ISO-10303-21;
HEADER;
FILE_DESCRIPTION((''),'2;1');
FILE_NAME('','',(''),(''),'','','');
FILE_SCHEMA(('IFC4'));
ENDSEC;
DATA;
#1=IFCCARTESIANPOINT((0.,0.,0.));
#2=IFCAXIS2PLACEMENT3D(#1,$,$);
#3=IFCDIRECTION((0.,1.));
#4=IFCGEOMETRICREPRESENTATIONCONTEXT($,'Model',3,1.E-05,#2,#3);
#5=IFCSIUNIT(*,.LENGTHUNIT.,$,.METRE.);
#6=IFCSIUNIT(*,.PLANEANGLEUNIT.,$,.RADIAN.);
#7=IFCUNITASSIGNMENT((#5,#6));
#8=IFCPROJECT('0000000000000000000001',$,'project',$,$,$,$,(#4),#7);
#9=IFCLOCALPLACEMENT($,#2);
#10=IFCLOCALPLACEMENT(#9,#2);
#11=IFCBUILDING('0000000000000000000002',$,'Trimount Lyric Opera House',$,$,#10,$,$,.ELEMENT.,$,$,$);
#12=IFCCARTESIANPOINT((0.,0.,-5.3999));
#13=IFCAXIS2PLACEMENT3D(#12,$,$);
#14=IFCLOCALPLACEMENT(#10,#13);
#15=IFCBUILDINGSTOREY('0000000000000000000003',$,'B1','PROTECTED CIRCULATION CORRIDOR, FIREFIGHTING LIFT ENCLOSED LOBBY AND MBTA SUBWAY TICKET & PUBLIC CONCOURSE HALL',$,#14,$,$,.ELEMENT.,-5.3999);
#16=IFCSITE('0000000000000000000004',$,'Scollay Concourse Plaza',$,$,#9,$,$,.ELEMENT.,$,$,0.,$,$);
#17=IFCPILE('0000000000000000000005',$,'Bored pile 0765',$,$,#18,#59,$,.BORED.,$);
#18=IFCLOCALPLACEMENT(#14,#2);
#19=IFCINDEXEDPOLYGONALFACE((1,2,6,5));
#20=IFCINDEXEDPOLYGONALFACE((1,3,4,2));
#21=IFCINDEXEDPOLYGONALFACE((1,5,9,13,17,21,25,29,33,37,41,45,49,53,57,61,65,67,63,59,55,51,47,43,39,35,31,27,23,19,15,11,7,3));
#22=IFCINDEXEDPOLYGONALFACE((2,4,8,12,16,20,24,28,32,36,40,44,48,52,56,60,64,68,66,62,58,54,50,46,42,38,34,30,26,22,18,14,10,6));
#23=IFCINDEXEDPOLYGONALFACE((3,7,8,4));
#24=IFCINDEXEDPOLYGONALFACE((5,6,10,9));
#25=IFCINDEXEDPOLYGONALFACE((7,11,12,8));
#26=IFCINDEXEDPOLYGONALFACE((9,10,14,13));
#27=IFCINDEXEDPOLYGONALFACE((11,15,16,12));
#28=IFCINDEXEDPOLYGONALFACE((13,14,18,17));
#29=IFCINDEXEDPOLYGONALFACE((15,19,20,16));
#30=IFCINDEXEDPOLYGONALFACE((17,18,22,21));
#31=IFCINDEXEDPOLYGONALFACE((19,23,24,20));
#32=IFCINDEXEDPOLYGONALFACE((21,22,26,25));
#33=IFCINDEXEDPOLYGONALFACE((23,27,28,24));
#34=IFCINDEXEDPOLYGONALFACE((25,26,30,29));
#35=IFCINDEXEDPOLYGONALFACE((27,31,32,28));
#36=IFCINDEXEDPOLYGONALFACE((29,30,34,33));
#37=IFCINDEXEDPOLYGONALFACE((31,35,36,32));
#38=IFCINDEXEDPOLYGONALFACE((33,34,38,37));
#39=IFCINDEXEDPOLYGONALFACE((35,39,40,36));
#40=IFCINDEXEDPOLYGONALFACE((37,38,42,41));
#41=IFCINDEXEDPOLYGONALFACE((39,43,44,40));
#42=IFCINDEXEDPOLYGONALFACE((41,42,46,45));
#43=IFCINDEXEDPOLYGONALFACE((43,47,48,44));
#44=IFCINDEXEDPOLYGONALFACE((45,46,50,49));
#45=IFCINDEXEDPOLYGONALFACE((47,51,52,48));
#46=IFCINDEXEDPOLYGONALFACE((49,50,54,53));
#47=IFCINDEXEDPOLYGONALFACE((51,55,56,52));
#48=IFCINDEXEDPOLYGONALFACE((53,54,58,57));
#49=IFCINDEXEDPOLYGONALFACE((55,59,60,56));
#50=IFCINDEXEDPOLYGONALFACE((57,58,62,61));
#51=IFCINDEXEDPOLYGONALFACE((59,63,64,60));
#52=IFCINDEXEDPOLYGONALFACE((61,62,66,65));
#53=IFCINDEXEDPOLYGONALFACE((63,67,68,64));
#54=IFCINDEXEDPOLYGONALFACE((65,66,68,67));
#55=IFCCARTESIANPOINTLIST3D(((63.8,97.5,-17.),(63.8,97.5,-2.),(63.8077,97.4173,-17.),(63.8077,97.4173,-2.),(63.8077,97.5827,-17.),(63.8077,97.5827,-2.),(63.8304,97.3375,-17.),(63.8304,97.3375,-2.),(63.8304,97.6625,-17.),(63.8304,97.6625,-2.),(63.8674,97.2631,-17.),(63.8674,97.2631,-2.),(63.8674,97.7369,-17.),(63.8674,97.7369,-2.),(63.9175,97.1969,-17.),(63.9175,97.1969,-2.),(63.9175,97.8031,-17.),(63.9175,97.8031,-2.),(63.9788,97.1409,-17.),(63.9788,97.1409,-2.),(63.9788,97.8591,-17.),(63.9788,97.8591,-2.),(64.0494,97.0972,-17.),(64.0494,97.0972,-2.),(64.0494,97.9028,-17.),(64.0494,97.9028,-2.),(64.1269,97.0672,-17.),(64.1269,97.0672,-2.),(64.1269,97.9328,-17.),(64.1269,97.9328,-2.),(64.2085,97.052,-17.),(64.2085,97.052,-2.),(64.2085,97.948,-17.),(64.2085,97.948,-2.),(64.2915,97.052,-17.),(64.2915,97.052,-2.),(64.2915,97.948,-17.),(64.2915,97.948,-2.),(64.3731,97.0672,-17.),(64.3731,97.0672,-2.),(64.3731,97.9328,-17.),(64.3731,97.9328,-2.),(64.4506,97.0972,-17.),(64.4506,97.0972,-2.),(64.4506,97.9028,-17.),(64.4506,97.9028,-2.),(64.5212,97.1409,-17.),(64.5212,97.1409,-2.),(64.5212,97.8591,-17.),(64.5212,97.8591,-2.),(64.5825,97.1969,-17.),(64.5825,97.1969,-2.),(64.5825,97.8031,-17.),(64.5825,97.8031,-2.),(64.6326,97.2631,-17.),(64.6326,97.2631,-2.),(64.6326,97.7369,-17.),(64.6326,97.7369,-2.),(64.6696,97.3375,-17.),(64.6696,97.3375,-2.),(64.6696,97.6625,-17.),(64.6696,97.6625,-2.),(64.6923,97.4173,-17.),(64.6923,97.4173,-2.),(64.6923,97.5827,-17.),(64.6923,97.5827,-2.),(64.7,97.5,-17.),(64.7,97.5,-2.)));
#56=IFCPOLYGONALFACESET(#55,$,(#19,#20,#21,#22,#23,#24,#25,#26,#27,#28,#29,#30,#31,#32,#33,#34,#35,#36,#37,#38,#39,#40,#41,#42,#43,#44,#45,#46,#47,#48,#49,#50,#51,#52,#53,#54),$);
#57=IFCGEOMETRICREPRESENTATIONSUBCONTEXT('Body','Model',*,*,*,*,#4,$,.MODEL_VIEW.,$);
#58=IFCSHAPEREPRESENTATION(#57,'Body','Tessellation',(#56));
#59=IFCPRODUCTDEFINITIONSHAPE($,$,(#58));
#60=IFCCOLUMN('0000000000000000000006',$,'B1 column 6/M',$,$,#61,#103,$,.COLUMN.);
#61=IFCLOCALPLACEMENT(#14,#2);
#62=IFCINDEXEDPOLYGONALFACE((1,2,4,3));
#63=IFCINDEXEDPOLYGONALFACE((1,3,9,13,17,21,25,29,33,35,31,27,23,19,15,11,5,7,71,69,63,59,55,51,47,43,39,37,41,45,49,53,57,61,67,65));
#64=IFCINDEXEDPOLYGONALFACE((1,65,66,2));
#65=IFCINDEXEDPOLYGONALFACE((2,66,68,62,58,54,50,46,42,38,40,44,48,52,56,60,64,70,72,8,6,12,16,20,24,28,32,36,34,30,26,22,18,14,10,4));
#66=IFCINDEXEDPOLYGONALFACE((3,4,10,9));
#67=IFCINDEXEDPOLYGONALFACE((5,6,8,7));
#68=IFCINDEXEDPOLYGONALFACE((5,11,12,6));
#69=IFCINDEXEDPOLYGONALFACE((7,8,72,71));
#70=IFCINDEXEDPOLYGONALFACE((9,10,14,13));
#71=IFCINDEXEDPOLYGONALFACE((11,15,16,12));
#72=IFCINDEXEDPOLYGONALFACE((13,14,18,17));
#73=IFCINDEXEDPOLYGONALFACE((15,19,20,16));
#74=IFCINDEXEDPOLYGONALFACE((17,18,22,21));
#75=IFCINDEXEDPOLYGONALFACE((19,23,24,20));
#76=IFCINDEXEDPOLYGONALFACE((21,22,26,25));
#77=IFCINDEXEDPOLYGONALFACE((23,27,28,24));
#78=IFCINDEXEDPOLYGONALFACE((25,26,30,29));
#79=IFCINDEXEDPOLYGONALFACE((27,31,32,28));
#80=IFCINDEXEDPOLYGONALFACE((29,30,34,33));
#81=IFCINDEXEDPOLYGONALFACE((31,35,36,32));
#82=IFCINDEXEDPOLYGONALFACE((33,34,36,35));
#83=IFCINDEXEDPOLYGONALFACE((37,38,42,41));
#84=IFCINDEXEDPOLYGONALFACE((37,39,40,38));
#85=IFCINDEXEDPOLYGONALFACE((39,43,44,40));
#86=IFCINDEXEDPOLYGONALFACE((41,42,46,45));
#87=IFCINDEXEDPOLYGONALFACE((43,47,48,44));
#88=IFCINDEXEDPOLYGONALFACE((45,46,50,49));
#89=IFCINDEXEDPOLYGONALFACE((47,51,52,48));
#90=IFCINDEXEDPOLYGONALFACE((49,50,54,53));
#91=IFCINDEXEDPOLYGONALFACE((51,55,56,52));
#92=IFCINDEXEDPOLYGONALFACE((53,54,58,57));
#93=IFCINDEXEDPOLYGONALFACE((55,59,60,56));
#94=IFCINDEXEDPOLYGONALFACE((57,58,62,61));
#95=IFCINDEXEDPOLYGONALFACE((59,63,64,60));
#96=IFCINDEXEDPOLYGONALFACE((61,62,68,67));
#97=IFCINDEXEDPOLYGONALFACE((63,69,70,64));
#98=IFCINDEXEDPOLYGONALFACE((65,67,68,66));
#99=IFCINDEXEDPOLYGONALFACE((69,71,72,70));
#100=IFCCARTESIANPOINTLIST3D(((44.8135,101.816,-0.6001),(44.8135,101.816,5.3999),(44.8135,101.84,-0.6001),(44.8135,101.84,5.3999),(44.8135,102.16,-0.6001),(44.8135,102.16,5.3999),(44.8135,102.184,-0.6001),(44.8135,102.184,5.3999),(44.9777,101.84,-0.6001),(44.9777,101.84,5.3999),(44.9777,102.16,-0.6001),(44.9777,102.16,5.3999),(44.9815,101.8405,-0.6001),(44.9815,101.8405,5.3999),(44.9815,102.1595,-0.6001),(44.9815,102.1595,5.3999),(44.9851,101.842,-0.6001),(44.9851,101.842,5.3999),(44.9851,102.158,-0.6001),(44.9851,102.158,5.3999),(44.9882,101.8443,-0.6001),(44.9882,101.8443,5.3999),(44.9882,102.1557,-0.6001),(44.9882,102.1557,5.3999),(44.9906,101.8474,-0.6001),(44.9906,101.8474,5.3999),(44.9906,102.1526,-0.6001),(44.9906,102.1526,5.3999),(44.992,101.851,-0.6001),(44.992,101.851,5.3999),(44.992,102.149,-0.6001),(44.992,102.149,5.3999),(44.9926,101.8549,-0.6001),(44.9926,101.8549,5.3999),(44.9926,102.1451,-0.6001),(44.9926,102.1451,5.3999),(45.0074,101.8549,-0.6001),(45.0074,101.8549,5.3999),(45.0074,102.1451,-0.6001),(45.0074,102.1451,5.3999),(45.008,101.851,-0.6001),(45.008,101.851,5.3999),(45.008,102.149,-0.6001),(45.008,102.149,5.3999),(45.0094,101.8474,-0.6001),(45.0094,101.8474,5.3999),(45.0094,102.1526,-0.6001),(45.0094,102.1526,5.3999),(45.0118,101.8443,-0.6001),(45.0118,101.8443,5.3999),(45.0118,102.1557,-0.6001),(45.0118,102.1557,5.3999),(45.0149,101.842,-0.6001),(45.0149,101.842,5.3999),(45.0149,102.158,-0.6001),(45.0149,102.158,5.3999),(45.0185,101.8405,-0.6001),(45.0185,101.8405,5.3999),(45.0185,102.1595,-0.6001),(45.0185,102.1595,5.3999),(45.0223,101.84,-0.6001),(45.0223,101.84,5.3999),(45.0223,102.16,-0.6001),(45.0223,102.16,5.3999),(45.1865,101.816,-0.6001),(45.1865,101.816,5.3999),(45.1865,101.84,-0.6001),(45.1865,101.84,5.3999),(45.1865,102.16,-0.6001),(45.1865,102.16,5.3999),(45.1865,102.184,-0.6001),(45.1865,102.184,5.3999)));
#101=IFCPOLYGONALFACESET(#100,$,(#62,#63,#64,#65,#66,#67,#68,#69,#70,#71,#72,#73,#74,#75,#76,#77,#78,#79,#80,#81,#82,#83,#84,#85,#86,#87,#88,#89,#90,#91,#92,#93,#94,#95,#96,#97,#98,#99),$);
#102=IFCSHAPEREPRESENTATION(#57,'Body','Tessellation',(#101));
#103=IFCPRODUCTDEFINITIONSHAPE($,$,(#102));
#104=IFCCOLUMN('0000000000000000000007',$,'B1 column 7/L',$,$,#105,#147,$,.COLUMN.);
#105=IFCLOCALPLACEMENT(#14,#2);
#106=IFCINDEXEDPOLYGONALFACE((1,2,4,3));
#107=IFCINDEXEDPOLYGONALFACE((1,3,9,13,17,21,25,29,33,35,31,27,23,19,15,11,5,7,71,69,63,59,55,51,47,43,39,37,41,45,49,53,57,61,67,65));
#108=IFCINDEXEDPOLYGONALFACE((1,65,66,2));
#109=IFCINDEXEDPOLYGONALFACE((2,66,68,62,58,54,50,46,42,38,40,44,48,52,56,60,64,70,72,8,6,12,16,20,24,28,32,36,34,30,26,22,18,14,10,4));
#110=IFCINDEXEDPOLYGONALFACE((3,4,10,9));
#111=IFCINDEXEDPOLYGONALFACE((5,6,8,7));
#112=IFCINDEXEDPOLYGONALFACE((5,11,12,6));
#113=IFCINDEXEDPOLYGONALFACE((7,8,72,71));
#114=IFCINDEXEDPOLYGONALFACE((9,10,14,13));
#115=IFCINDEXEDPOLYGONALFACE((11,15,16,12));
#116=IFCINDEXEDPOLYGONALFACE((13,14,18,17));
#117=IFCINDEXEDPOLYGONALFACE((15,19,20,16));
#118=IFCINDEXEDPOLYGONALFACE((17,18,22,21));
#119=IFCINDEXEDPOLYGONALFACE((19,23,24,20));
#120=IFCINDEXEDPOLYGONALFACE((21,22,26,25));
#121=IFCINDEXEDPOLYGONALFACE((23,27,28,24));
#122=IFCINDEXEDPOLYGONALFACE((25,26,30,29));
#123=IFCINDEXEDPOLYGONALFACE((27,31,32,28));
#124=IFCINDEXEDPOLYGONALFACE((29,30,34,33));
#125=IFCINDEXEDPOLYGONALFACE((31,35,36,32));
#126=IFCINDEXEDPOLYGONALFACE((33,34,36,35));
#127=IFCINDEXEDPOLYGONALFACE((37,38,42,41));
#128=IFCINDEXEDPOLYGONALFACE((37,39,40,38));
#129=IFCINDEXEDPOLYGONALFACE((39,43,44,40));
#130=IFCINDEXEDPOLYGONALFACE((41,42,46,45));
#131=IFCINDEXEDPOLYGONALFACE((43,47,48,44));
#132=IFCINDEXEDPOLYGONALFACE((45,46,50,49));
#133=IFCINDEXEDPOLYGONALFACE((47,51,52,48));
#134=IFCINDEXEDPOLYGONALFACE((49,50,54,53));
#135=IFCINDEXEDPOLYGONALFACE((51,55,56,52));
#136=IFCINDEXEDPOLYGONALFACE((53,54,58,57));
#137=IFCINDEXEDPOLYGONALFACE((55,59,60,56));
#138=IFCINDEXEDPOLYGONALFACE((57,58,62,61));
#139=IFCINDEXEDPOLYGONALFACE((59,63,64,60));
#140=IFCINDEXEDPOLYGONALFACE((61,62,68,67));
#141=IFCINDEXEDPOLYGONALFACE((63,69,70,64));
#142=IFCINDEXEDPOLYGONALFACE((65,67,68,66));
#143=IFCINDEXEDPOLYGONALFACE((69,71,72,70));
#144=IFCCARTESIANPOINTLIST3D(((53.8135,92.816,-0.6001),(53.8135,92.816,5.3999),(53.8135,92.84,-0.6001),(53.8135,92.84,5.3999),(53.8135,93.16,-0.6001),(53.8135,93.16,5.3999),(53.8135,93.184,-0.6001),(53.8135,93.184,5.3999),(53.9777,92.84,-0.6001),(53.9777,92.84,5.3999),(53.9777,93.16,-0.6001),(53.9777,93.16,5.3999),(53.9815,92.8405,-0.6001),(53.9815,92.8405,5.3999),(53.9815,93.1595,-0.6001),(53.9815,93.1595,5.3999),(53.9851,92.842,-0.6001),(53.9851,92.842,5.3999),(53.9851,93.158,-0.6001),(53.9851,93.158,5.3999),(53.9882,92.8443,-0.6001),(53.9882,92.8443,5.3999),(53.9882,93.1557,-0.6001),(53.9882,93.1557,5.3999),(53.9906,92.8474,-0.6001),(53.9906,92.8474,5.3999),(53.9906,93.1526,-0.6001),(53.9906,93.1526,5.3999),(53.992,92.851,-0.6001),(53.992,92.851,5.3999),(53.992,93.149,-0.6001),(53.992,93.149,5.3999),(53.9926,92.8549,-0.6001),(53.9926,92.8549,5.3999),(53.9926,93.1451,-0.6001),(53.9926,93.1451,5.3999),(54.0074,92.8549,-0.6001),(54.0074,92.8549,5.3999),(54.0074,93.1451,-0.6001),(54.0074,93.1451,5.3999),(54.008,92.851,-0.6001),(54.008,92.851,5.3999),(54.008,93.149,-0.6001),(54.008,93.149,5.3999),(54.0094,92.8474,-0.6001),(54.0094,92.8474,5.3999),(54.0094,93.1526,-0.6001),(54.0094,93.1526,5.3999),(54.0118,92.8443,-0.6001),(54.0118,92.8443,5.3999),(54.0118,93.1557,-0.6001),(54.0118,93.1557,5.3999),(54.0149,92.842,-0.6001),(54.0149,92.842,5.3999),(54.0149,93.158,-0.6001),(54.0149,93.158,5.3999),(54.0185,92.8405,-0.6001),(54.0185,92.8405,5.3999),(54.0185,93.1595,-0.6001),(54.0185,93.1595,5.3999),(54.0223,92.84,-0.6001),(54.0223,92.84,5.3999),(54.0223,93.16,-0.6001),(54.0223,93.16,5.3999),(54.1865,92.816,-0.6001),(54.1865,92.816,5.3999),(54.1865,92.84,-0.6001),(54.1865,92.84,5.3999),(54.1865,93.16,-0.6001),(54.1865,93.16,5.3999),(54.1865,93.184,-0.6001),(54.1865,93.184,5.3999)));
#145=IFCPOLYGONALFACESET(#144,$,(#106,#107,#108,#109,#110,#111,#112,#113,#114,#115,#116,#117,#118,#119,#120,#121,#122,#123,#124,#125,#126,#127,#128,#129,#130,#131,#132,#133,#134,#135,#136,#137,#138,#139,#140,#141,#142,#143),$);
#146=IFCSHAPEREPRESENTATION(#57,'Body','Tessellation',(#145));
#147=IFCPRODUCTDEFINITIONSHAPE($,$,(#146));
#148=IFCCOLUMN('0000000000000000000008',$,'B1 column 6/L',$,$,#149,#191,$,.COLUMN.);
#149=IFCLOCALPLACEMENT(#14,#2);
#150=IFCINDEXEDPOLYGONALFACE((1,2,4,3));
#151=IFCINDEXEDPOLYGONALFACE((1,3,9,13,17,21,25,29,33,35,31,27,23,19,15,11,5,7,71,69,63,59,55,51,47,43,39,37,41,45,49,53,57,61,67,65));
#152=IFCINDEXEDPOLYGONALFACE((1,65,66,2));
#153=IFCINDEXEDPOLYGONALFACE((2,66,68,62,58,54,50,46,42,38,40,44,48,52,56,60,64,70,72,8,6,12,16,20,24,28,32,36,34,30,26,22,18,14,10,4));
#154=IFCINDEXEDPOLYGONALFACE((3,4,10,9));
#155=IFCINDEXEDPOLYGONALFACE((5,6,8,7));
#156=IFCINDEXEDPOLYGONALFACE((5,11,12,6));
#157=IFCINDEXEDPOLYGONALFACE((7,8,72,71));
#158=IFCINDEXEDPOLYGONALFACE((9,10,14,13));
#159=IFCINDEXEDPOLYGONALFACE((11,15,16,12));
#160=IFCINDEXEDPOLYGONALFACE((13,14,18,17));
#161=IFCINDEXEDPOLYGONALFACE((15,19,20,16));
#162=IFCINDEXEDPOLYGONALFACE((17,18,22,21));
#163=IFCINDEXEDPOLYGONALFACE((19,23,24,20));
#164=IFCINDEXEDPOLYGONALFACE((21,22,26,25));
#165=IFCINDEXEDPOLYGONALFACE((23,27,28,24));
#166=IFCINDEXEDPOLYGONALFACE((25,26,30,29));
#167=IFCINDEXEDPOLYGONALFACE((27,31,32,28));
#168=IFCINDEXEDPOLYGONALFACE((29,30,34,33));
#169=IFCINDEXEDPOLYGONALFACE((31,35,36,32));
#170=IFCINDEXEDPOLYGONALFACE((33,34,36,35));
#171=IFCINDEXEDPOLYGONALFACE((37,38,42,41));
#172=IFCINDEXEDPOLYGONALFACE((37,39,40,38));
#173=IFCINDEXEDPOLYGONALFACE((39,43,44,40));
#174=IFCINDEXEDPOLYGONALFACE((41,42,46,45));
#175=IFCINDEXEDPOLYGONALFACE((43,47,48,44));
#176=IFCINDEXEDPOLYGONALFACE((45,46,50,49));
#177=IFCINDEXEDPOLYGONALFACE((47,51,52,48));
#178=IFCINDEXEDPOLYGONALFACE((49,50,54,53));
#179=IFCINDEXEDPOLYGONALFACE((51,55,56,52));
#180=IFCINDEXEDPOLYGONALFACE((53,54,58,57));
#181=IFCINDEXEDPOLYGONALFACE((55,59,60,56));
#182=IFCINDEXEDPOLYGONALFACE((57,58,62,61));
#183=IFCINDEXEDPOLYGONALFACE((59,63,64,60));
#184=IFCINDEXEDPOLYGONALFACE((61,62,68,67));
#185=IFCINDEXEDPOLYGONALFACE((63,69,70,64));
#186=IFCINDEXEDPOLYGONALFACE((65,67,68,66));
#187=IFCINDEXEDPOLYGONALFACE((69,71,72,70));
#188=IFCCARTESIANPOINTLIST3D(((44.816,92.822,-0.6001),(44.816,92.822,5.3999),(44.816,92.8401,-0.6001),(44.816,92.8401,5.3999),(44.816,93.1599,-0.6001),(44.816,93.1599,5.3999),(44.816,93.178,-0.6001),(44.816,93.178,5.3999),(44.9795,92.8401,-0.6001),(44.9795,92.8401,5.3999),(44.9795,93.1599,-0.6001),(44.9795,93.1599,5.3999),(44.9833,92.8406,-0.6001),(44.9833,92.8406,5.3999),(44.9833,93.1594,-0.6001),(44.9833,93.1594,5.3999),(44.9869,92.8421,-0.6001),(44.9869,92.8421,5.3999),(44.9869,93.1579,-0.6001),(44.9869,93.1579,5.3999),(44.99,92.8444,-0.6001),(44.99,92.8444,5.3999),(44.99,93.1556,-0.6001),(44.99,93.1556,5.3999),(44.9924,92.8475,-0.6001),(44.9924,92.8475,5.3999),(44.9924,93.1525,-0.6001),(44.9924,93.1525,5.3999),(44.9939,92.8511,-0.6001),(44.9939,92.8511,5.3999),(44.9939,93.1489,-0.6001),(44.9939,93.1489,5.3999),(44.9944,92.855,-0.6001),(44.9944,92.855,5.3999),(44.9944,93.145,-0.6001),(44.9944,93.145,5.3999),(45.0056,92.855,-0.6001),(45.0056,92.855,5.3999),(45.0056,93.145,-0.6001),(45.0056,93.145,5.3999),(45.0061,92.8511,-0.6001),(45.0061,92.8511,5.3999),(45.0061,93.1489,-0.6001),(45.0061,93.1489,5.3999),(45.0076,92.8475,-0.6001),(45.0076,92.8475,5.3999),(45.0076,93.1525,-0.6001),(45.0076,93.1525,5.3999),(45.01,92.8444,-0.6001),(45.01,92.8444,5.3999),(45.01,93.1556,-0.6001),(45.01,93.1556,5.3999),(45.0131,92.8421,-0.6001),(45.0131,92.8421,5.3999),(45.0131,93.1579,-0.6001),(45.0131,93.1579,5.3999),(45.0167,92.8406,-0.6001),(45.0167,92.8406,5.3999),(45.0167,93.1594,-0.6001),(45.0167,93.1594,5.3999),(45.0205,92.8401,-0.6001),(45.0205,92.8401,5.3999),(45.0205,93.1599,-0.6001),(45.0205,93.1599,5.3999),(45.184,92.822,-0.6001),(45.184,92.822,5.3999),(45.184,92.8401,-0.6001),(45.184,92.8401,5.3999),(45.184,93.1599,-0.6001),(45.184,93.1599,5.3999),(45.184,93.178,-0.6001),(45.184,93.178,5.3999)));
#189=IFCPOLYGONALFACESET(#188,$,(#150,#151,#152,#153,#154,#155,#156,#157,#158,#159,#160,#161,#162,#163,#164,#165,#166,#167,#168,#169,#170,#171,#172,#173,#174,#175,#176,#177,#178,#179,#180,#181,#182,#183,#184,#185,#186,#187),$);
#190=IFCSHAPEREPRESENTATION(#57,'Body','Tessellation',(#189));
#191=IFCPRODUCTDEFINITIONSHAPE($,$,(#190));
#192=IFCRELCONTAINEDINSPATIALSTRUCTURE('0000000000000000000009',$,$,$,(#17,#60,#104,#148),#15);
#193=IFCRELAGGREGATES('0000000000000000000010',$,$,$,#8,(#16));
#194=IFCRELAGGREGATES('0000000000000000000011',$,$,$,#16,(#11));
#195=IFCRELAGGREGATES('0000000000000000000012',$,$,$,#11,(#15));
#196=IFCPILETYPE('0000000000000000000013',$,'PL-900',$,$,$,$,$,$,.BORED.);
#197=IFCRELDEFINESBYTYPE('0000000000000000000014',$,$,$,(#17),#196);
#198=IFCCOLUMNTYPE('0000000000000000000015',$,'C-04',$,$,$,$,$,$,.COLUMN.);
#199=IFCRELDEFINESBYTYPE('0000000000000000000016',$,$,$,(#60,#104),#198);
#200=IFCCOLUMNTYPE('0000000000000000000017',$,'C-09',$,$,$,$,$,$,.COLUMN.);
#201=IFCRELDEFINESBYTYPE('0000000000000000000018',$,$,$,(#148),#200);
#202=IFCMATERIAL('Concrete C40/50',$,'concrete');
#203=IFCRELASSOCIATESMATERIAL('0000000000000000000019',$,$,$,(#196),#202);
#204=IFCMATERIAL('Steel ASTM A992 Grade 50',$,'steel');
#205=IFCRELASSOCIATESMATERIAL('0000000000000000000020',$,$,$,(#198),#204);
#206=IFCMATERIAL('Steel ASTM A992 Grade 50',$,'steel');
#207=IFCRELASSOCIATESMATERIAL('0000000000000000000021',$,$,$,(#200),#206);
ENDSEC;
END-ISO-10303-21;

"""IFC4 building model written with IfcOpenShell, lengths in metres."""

from ifc_helpers import new_model, si_unit, direction, frame, origin, origin_2d, place, context, subcontext, project, spatial, circle, i_section, extrude, material, material_profile, profile_set, type_object, element, save


model = new_model("IFC4")

# Units and contexts
model_context = context("Model", 3, precision=1e-05, world=origin(), true_north=direction((0.0, 1.0)))
body_context = subcontext(model_context, "Body", "Model", "MODEL_VIEW")
ifc_project = project(units=[si_unit("LENGTHUNIT", "METRE"), si_unit("PLANEANGLEUNIT", "RADIAN")], contexts=[model_context])

# Site, building, storey
site_placement = place(None, origin())
site = spatial("IfcSite", under=ifc_project, at=site_placement, Name="Scollay Concourse Plaza", CompositionType="ELEMENT", RefElevation=0.0)
building_placement = place(site_placement, origin())
building = spatial("IfcBuilding", under=site, at=building_placement, Name="Trimount Lyric Opera House", CompositionType="ELEMENT")
storey_placement = place(building_placement, frame((0.0, 0.0, -5.3999)))
storey = spatial("IfcBuildingStorey", under=building, at=storey_placement, Name="B1", Description="PROTECTED CIRCULATION CORRIDOR, FIREFIGHTING LIFT ENCLOSED LOBBY AND MBTA SUBWAY TICKET & PUBLIC CONCOURSE HALL", CompositionType="ELEMENT", Elevation=-5.3999)

# Pile
ifc_material_1 = material(Name="Concrete C40/50", Category="concrete")
ifc_material_profile_1 = material_profile(ifc_material_1, circle(Radius=0.45, at=origin_2d()), Name="PILE-D900")
ifc_profile_set_1 = profile_set([ifc_material_profile_1], Name="Concrete C40/50")
pile_type_1 = type_object("IfcPileType", Name="PL-900", PredefinedType="BORED", material=ifc_profile_set_1)
for number, where, z_axis, x_axis, name in (
    (1, (64.25, 97.5, -2.0), (0.0, 0.0, -1.0), (1.0, 0.0, 0.0), "Bored pile 0765"),
):
    element("IfcPile", number, at=place(storey_placement, frame(where, z_axis=z_axis, x_axis=x_axis)), inside=storey, type_object=pile_type_1, Name=name, PredefinedType="BORED", context=body_context, shape_type="SweptSolid", body=[
        extrude(circle(Radius=0.45, at=origin_2d()), origin(), (0.0, 0.0, 1.0), 15.0),
    ])

# Columns
ifc_material_2 = material(Name="Steel ASTM A992 Grade 50", Category="steel")
ifc_material_profile_2 = material_profile(ifc_material_2, i_section(OverallWidth=0.373, OverallDepth=0.3679, WebThickness=0.0149, FlangeThickness=0.0239, FilletRadius=0.0149, at=origin_2d()), Name="W14X120")
ifc_profile_set_2 = profile_set([ifc_material_profile_2], Name="Steel ASTM A992 Grade 50")
column_type_1 = type_object("IfcColumnType", Name="C-04", PredefinedType="COLUMN", material=ifc_profile_set_2)
for number, where, z_axis, x_axis, name in (
    (2, (45.0, 102.0, -0.6001), (0.0, 0.0, 1.0), (1.0, 0.0, 0.0), "B1 column 6/M"),
    (3, (54.0, 93.0, -0.6001), (0.0, 0.0, 1.0), (1.0, 0.0, 0.0), "B1 column 7/L"),
):
    element("IfcColumn", number, at=place(storey_placement, frame(where, z_axis=z_axis, x_axis=x_axis)), inside=storey, type_object=column_type_1, Name=name, PredefinedType="COLUMN", context=body_context, shape_type="SweptSolid", body=[
        extrude(i_section(OverallWidth=0.373, OverallDepth=0.3679, WebThickness=0.0149, FlangeThickness=0.0239, FilletRadius=0.0149, at=origin_2d()), origin(), (0.0, 0.0, 1.0), 6.0),
    ])
ifc_material_3 = material(Name="Steel ASTM A992 Grade 50", Category="steel")
ifc_material_profile_3 = material_profile(ifc_material_3, i_section(OverallWidth=0.3679, OverallDepth=0.356, WebThickness=0.0112, FlangeThickness=0.0181, FilletRadius=0.0149, at=origin_2d()), Name="W14X90")
ifc_profile_set_3 = profile_set([ifc_material_profile_3], Name="Steel ASTM A992 Grade 50")
column_type_2 = type_object("IfcColumnType", Name="C-09", PredefinedType="COLUMN", material=ifc_profile_set_3)
column_1_placement = place(storey_placement, frame((45.0, 93.0, -0.6001), z_axis=(0.0, 0.0, 1.0), x_axis=(1.0, 0.0, 0.0)))
element("IfcColumn", 4, at=column_1_placement, inside=storey, type_object=column_type_2, Name="B1 column 6/L", PredefinedType="COLUMN", context=body_context, shape_type="SweptSolid", body=[
    extrude(i_section(OverallWidth=0.3679, OverallDepth=0.356, WebThickness=0.0112, FlangeThickness=0.0181, FilletRadius=0.0149, at=origin_2d()), origin(), (0.0, 0.0, 1.0), 6.0),
])

save(model, "model.ifc")
